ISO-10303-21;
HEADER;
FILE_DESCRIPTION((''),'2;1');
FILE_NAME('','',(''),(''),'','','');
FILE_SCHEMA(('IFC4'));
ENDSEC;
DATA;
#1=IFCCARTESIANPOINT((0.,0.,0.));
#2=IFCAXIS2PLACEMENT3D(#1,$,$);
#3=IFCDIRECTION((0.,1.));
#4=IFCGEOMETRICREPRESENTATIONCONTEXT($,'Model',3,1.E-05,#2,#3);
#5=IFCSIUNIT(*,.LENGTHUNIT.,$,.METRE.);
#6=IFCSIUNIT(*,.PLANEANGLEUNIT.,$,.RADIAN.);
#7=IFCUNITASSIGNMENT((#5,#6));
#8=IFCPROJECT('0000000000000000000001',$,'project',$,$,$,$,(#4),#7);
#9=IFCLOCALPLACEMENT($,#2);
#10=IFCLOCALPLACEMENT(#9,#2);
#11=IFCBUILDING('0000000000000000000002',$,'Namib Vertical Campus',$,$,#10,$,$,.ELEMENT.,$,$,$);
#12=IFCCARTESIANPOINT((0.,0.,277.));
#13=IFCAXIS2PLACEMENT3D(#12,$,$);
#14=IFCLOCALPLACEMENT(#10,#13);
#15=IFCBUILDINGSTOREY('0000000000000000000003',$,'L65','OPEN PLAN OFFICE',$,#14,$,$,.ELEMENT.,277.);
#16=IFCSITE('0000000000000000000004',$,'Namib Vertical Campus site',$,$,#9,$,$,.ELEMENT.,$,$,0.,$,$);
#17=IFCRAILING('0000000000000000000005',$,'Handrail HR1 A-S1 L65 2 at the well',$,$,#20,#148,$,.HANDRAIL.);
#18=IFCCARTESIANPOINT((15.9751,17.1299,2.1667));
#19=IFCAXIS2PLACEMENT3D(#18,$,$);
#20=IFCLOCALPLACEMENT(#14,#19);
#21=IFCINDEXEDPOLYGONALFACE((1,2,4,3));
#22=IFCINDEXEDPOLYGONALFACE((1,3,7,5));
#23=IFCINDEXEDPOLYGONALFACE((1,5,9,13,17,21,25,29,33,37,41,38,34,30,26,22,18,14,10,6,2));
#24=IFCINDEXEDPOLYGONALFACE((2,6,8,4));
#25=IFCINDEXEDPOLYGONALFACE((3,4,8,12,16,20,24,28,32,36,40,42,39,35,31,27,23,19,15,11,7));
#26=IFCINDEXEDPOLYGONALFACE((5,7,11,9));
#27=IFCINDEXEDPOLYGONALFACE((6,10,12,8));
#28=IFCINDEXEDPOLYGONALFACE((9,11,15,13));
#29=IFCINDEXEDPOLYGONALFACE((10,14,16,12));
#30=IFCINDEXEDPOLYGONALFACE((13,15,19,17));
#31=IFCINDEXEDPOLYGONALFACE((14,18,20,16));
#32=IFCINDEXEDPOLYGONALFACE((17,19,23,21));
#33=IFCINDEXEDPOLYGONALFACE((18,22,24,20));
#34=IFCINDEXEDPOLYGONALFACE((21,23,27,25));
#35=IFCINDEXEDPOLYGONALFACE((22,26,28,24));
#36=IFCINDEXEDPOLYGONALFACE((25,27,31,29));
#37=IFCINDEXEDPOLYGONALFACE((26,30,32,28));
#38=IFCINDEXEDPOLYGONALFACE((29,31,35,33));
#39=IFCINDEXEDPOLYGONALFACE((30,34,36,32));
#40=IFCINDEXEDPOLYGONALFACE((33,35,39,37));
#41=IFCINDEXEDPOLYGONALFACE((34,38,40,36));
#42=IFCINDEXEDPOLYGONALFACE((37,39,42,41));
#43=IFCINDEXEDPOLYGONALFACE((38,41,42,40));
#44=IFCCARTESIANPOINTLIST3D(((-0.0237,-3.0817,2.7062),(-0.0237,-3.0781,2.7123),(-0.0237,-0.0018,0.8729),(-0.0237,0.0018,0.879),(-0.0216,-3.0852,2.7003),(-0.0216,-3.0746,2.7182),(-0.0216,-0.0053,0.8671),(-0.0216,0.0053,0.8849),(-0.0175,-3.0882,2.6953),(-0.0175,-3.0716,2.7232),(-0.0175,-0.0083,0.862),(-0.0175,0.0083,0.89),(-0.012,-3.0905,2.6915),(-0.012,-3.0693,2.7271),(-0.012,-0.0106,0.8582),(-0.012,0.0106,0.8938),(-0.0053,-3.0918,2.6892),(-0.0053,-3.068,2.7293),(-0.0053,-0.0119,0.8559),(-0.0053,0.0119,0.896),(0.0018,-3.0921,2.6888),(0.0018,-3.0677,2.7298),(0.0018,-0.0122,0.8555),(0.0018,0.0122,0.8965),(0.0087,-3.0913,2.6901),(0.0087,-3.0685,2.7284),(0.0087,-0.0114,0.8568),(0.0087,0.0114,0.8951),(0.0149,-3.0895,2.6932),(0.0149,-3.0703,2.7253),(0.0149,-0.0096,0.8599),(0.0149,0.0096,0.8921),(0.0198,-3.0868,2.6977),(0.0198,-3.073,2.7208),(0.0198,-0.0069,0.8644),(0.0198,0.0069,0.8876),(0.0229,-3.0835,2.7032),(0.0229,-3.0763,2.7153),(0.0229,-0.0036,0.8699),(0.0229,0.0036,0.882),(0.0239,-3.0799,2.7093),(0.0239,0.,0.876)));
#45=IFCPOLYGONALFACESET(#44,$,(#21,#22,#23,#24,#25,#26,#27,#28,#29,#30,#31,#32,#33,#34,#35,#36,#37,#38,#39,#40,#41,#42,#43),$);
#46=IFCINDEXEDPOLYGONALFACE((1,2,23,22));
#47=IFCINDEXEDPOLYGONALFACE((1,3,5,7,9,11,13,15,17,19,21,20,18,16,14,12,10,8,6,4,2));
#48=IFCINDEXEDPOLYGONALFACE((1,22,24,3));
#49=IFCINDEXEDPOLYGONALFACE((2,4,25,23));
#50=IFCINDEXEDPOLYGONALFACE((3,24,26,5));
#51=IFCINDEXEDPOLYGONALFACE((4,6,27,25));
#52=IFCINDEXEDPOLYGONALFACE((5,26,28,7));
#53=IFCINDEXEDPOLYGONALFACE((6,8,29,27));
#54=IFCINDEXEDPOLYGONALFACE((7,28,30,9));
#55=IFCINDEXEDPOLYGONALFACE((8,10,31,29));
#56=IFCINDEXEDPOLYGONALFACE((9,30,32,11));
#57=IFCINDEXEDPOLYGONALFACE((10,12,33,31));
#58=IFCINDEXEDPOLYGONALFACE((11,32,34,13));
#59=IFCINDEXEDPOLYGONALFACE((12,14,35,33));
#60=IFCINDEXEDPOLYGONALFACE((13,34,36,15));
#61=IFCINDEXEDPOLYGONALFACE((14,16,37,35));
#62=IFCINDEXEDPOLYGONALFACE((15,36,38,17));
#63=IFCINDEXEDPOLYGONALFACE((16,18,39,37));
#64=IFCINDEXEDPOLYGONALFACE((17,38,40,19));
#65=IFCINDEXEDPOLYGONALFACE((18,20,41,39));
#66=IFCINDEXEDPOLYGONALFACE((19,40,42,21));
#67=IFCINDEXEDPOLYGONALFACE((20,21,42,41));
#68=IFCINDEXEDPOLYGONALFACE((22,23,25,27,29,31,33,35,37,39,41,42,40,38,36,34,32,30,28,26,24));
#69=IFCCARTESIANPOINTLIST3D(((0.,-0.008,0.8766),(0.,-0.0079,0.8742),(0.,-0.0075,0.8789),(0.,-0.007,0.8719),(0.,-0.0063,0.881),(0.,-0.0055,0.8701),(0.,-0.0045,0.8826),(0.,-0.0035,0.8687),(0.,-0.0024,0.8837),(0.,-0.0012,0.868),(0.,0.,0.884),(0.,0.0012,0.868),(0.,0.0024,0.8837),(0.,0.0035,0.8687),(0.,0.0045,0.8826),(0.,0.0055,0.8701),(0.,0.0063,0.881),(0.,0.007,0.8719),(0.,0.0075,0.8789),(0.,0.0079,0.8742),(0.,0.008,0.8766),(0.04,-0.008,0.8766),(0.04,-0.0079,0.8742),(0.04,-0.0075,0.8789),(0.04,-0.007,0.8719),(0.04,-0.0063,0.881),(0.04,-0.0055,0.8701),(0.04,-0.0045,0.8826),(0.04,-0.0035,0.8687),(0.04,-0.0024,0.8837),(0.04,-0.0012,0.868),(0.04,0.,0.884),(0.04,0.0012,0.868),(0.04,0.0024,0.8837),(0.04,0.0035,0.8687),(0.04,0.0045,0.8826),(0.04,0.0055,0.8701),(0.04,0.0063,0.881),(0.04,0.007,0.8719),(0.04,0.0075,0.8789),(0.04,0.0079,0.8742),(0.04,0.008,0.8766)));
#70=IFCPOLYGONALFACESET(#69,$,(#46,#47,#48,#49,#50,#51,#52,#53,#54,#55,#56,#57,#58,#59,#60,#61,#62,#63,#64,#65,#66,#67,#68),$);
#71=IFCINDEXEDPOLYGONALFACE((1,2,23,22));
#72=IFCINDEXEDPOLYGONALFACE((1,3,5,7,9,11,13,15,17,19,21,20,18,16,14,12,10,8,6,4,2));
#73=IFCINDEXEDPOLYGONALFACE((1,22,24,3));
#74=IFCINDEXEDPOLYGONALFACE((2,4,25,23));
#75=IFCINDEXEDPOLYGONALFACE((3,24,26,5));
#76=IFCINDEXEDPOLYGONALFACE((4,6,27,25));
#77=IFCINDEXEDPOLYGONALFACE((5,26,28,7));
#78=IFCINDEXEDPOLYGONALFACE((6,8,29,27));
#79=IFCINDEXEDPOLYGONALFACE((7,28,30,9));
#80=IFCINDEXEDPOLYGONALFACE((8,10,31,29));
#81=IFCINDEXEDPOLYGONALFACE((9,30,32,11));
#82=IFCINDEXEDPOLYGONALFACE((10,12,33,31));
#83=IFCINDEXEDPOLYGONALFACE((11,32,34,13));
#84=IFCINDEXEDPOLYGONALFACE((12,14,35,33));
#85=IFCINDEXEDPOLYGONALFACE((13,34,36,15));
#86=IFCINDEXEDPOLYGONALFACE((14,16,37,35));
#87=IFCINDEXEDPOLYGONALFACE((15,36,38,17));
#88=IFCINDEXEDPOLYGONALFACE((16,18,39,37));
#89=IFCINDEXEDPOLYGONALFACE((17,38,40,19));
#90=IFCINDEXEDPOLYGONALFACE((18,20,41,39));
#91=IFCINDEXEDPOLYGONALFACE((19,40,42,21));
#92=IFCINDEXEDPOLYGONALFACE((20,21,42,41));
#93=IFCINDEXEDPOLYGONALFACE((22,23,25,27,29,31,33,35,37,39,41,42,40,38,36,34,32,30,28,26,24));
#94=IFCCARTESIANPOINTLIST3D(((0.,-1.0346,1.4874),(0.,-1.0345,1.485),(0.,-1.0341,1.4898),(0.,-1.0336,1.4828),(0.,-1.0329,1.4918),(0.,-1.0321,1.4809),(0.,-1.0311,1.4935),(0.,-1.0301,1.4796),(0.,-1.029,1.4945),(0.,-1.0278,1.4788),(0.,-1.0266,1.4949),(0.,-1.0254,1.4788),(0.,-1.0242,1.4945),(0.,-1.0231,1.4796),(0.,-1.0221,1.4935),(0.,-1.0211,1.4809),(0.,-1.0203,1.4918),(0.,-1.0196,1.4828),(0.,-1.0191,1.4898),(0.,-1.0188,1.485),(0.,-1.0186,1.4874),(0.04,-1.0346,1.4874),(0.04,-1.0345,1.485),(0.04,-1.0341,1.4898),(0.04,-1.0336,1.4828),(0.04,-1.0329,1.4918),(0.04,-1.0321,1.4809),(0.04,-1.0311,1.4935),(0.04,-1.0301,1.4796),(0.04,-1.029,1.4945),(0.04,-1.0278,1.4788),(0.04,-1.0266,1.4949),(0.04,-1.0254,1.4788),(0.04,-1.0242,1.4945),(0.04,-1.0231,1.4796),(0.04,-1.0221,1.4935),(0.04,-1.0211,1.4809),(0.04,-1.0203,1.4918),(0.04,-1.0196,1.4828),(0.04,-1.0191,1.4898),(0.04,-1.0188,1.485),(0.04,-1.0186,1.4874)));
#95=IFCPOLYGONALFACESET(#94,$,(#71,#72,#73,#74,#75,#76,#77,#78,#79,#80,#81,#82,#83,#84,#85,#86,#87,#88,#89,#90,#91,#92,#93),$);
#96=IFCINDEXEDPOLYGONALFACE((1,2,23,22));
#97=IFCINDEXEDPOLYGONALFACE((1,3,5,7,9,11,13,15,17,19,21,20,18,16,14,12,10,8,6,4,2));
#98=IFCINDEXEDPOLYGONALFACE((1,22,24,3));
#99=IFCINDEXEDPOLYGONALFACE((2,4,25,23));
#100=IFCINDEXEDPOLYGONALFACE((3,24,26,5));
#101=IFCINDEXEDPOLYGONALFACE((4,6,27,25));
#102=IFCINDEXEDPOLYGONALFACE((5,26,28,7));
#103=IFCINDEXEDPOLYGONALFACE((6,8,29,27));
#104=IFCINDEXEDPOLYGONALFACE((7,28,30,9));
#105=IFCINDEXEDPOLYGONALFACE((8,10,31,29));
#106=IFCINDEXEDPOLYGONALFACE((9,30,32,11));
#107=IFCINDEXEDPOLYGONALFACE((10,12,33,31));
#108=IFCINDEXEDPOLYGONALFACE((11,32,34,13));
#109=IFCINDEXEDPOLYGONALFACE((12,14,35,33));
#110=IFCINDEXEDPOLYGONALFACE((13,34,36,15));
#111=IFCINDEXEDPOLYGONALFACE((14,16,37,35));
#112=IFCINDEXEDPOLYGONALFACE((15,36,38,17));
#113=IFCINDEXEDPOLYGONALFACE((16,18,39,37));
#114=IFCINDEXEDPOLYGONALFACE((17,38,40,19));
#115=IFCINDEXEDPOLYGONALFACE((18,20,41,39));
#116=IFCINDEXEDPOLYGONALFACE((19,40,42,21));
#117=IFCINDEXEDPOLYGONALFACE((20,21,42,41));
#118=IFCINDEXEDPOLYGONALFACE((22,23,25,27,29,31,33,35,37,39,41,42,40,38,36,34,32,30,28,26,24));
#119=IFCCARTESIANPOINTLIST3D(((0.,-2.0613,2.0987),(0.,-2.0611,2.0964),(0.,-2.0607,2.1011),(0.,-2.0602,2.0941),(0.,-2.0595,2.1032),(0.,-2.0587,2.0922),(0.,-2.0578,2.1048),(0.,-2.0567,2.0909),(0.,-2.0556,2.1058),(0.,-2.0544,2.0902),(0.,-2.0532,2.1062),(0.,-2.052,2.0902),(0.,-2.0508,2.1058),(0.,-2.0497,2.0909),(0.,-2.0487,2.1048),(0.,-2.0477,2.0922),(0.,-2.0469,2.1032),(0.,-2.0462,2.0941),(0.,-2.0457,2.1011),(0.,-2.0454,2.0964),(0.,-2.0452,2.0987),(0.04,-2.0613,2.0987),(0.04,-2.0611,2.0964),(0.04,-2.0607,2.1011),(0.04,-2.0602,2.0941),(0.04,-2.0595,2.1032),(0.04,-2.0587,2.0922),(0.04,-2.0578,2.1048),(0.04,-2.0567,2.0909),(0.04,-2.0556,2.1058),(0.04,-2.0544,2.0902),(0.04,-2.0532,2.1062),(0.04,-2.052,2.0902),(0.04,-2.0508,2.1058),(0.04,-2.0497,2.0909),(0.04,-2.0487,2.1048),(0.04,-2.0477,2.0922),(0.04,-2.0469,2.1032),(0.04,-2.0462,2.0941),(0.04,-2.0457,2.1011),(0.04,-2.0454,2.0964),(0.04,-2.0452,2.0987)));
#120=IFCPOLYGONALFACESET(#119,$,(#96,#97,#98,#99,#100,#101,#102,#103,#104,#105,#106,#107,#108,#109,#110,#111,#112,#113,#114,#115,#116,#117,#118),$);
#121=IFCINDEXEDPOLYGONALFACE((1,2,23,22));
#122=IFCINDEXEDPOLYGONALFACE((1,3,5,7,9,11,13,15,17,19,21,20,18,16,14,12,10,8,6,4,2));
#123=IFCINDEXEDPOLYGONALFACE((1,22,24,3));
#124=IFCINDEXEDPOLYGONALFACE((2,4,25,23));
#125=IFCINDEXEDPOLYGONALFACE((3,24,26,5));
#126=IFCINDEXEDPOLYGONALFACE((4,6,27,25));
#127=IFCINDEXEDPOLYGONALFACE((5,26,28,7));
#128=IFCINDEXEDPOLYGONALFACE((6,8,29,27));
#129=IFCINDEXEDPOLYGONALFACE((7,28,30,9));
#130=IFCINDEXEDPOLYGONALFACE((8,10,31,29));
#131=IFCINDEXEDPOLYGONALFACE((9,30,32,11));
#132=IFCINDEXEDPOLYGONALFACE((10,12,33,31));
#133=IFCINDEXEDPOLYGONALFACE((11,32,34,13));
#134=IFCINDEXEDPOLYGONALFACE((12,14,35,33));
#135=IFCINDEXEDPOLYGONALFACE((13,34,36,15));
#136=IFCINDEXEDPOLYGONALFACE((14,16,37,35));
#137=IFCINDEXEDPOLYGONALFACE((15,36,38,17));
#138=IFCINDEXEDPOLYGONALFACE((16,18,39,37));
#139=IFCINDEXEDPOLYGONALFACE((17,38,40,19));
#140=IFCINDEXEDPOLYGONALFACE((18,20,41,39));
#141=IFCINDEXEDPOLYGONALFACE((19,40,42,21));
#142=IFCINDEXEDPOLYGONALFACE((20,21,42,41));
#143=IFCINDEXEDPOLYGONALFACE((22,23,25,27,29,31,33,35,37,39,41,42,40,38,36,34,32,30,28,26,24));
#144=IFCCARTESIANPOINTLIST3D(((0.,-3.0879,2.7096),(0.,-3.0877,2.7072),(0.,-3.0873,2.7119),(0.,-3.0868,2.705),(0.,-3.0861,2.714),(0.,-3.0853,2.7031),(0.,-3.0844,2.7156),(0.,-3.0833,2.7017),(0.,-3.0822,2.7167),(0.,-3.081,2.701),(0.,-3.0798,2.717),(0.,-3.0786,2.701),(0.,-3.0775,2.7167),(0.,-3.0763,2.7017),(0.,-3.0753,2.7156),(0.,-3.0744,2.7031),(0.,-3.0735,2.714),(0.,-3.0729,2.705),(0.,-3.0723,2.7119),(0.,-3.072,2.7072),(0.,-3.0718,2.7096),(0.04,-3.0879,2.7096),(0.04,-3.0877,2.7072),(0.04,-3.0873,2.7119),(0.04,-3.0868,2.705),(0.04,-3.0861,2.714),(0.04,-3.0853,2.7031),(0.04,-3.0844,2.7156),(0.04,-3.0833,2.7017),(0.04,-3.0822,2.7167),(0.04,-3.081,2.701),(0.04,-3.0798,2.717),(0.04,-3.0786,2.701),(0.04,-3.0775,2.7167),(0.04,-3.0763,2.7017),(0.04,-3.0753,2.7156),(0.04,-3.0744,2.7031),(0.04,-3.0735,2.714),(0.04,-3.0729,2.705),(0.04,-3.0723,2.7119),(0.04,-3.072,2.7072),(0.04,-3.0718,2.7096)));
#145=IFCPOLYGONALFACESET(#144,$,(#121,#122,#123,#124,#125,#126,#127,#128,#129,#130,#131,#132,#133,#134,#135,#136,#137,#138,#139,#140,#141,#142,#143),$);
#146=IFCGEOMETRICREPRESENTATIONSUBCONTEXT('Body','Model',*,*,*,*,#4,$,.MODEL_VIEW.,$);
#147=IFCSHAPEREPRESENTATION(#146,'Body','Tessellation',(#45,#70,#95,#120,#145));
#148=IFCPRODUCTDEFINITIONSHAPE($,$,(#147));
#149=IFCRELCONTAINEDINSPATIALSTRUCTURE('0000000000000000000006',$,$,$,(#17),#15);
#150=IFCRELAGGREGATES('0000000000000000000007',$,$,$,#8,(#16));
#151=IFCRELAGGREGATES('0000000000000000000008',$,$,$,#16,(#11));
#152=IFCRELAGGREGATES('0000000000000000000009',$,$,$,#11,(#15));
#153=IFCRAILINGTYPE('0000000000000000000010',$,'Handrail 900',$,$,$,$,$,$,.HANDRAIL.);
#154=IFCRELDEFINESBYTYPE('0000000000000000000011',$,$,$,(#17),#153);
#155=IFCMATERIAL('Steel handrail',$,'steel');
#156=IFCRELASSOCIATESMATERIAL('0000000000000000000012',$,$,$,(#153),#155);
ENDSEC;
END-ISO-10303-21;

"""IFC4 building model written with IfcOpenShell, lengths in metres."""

from ifc_helpers import new_model, si_unit, direction, frame, origin, origin_2d, place, context, subcontext, project, spatial, circle, extrude, material, type_object, element, save


model = new_model("IFC4")

# Units and contexts
model_context = context("Model", 3, precision=1e-05, world=origin(), true_north=direction((0.0, 1.0)))
body_context = subcontext(model_context, "Body", "Model", "MODEL_VIEW")
ifc_project = project(units=[si_unit("LENGTHUNIT", "METRE"), si_unit("PLANEANGLEUNIT", "RADIAN")], contexts=[model_context])

# Site, building, storey
site_placement = place(None, origin())
site = spatial("IfcSite", under=ifc_project, at=site_placement, Name="Namib Vertical Campus site", CompositionType="ELEMENT", RefElevation=0.0)
building_placement = place(site_placement, origin())
building = spatial("IfcBuilding", under=site, at=building_placement, Name="Namib Vertical Campus", CompositionType="ELEMENT")
storey_placement = place(building_placement, frame((0.0, 0.0, 277.0)))
storey = spatial("IfcBuildingStorey", under=building, at=storey_placement, Name="L65", Description="OPEN PLAN OFFICE", CompositionType="ELEMENT", Elevation=277.0)

# Railing
ifc_material_1 = material(Name="Steel handrail", Category="steel")
railing_type_1 = type_object("IfcRailingType", Name="Handrail 900", PredefinedType="HANDRAIL", material=ifc_material_1)
railing_1_placement = place(storey_placement, frame((15.9751, 17.1299, 2.1667)))
element("IfcRailing", 1, at=railing_1_placement, inside=storey, type_object=railing_type_1, Name="Handrail HR1 A-S1 L65 2 at the well", PredefinedType="HANDRAIL", context=body_context, shape_type="SweptSolid", body=[
    extrude(circle(Radius=0.0239, at=origin_2d()), frame((0.0, 0.0, 0.876), z_axis=(0.0, -0.859291, 0.511487), x_axis=(1.0, 0.0, 0.0)), (0.0, 0.0, 1.0), 3.5842),
    extrude(circle(Radius=0.0081, at=origin_2d()), frame((0.0, 0.0, 0.876), z_axis=(1.0, 0.0, 0.0), x_axis=(0.0, 0.0, 1.0)), (0.0, 0.0, 1.0), 0.04),
    extrude(circle(Radius=0.0081, at=origin_2d()), frame((0.0, -1.0266, 1.4868), z_axis=(1.0, 0.0, 0.0), x_axis=(0.0, 0.0, 1.0)), (0.0, 0.0, 1.0), 0.04),
    extrude(circle(Radius=0.0081, at=origin_2d()), frame((0.0, -2.0532, 2.0981), z_axis=(1.0, 0.0, 0.0), x_axis=(0.0, 0.0, 1.0)), (0.0, 0.0, 1.0), 0.04),
    extrude(circle(Radius=0.0081, at=origin_2d()), frame((0.0, -3.0798, 2.709), z_axis=(1.0, 0.0, 0.0), x_axis=(0.0, 0.0, 1.0)), (0.0, 0.0, 1.0), 0.04),
])

save(model, "model.ifc")
